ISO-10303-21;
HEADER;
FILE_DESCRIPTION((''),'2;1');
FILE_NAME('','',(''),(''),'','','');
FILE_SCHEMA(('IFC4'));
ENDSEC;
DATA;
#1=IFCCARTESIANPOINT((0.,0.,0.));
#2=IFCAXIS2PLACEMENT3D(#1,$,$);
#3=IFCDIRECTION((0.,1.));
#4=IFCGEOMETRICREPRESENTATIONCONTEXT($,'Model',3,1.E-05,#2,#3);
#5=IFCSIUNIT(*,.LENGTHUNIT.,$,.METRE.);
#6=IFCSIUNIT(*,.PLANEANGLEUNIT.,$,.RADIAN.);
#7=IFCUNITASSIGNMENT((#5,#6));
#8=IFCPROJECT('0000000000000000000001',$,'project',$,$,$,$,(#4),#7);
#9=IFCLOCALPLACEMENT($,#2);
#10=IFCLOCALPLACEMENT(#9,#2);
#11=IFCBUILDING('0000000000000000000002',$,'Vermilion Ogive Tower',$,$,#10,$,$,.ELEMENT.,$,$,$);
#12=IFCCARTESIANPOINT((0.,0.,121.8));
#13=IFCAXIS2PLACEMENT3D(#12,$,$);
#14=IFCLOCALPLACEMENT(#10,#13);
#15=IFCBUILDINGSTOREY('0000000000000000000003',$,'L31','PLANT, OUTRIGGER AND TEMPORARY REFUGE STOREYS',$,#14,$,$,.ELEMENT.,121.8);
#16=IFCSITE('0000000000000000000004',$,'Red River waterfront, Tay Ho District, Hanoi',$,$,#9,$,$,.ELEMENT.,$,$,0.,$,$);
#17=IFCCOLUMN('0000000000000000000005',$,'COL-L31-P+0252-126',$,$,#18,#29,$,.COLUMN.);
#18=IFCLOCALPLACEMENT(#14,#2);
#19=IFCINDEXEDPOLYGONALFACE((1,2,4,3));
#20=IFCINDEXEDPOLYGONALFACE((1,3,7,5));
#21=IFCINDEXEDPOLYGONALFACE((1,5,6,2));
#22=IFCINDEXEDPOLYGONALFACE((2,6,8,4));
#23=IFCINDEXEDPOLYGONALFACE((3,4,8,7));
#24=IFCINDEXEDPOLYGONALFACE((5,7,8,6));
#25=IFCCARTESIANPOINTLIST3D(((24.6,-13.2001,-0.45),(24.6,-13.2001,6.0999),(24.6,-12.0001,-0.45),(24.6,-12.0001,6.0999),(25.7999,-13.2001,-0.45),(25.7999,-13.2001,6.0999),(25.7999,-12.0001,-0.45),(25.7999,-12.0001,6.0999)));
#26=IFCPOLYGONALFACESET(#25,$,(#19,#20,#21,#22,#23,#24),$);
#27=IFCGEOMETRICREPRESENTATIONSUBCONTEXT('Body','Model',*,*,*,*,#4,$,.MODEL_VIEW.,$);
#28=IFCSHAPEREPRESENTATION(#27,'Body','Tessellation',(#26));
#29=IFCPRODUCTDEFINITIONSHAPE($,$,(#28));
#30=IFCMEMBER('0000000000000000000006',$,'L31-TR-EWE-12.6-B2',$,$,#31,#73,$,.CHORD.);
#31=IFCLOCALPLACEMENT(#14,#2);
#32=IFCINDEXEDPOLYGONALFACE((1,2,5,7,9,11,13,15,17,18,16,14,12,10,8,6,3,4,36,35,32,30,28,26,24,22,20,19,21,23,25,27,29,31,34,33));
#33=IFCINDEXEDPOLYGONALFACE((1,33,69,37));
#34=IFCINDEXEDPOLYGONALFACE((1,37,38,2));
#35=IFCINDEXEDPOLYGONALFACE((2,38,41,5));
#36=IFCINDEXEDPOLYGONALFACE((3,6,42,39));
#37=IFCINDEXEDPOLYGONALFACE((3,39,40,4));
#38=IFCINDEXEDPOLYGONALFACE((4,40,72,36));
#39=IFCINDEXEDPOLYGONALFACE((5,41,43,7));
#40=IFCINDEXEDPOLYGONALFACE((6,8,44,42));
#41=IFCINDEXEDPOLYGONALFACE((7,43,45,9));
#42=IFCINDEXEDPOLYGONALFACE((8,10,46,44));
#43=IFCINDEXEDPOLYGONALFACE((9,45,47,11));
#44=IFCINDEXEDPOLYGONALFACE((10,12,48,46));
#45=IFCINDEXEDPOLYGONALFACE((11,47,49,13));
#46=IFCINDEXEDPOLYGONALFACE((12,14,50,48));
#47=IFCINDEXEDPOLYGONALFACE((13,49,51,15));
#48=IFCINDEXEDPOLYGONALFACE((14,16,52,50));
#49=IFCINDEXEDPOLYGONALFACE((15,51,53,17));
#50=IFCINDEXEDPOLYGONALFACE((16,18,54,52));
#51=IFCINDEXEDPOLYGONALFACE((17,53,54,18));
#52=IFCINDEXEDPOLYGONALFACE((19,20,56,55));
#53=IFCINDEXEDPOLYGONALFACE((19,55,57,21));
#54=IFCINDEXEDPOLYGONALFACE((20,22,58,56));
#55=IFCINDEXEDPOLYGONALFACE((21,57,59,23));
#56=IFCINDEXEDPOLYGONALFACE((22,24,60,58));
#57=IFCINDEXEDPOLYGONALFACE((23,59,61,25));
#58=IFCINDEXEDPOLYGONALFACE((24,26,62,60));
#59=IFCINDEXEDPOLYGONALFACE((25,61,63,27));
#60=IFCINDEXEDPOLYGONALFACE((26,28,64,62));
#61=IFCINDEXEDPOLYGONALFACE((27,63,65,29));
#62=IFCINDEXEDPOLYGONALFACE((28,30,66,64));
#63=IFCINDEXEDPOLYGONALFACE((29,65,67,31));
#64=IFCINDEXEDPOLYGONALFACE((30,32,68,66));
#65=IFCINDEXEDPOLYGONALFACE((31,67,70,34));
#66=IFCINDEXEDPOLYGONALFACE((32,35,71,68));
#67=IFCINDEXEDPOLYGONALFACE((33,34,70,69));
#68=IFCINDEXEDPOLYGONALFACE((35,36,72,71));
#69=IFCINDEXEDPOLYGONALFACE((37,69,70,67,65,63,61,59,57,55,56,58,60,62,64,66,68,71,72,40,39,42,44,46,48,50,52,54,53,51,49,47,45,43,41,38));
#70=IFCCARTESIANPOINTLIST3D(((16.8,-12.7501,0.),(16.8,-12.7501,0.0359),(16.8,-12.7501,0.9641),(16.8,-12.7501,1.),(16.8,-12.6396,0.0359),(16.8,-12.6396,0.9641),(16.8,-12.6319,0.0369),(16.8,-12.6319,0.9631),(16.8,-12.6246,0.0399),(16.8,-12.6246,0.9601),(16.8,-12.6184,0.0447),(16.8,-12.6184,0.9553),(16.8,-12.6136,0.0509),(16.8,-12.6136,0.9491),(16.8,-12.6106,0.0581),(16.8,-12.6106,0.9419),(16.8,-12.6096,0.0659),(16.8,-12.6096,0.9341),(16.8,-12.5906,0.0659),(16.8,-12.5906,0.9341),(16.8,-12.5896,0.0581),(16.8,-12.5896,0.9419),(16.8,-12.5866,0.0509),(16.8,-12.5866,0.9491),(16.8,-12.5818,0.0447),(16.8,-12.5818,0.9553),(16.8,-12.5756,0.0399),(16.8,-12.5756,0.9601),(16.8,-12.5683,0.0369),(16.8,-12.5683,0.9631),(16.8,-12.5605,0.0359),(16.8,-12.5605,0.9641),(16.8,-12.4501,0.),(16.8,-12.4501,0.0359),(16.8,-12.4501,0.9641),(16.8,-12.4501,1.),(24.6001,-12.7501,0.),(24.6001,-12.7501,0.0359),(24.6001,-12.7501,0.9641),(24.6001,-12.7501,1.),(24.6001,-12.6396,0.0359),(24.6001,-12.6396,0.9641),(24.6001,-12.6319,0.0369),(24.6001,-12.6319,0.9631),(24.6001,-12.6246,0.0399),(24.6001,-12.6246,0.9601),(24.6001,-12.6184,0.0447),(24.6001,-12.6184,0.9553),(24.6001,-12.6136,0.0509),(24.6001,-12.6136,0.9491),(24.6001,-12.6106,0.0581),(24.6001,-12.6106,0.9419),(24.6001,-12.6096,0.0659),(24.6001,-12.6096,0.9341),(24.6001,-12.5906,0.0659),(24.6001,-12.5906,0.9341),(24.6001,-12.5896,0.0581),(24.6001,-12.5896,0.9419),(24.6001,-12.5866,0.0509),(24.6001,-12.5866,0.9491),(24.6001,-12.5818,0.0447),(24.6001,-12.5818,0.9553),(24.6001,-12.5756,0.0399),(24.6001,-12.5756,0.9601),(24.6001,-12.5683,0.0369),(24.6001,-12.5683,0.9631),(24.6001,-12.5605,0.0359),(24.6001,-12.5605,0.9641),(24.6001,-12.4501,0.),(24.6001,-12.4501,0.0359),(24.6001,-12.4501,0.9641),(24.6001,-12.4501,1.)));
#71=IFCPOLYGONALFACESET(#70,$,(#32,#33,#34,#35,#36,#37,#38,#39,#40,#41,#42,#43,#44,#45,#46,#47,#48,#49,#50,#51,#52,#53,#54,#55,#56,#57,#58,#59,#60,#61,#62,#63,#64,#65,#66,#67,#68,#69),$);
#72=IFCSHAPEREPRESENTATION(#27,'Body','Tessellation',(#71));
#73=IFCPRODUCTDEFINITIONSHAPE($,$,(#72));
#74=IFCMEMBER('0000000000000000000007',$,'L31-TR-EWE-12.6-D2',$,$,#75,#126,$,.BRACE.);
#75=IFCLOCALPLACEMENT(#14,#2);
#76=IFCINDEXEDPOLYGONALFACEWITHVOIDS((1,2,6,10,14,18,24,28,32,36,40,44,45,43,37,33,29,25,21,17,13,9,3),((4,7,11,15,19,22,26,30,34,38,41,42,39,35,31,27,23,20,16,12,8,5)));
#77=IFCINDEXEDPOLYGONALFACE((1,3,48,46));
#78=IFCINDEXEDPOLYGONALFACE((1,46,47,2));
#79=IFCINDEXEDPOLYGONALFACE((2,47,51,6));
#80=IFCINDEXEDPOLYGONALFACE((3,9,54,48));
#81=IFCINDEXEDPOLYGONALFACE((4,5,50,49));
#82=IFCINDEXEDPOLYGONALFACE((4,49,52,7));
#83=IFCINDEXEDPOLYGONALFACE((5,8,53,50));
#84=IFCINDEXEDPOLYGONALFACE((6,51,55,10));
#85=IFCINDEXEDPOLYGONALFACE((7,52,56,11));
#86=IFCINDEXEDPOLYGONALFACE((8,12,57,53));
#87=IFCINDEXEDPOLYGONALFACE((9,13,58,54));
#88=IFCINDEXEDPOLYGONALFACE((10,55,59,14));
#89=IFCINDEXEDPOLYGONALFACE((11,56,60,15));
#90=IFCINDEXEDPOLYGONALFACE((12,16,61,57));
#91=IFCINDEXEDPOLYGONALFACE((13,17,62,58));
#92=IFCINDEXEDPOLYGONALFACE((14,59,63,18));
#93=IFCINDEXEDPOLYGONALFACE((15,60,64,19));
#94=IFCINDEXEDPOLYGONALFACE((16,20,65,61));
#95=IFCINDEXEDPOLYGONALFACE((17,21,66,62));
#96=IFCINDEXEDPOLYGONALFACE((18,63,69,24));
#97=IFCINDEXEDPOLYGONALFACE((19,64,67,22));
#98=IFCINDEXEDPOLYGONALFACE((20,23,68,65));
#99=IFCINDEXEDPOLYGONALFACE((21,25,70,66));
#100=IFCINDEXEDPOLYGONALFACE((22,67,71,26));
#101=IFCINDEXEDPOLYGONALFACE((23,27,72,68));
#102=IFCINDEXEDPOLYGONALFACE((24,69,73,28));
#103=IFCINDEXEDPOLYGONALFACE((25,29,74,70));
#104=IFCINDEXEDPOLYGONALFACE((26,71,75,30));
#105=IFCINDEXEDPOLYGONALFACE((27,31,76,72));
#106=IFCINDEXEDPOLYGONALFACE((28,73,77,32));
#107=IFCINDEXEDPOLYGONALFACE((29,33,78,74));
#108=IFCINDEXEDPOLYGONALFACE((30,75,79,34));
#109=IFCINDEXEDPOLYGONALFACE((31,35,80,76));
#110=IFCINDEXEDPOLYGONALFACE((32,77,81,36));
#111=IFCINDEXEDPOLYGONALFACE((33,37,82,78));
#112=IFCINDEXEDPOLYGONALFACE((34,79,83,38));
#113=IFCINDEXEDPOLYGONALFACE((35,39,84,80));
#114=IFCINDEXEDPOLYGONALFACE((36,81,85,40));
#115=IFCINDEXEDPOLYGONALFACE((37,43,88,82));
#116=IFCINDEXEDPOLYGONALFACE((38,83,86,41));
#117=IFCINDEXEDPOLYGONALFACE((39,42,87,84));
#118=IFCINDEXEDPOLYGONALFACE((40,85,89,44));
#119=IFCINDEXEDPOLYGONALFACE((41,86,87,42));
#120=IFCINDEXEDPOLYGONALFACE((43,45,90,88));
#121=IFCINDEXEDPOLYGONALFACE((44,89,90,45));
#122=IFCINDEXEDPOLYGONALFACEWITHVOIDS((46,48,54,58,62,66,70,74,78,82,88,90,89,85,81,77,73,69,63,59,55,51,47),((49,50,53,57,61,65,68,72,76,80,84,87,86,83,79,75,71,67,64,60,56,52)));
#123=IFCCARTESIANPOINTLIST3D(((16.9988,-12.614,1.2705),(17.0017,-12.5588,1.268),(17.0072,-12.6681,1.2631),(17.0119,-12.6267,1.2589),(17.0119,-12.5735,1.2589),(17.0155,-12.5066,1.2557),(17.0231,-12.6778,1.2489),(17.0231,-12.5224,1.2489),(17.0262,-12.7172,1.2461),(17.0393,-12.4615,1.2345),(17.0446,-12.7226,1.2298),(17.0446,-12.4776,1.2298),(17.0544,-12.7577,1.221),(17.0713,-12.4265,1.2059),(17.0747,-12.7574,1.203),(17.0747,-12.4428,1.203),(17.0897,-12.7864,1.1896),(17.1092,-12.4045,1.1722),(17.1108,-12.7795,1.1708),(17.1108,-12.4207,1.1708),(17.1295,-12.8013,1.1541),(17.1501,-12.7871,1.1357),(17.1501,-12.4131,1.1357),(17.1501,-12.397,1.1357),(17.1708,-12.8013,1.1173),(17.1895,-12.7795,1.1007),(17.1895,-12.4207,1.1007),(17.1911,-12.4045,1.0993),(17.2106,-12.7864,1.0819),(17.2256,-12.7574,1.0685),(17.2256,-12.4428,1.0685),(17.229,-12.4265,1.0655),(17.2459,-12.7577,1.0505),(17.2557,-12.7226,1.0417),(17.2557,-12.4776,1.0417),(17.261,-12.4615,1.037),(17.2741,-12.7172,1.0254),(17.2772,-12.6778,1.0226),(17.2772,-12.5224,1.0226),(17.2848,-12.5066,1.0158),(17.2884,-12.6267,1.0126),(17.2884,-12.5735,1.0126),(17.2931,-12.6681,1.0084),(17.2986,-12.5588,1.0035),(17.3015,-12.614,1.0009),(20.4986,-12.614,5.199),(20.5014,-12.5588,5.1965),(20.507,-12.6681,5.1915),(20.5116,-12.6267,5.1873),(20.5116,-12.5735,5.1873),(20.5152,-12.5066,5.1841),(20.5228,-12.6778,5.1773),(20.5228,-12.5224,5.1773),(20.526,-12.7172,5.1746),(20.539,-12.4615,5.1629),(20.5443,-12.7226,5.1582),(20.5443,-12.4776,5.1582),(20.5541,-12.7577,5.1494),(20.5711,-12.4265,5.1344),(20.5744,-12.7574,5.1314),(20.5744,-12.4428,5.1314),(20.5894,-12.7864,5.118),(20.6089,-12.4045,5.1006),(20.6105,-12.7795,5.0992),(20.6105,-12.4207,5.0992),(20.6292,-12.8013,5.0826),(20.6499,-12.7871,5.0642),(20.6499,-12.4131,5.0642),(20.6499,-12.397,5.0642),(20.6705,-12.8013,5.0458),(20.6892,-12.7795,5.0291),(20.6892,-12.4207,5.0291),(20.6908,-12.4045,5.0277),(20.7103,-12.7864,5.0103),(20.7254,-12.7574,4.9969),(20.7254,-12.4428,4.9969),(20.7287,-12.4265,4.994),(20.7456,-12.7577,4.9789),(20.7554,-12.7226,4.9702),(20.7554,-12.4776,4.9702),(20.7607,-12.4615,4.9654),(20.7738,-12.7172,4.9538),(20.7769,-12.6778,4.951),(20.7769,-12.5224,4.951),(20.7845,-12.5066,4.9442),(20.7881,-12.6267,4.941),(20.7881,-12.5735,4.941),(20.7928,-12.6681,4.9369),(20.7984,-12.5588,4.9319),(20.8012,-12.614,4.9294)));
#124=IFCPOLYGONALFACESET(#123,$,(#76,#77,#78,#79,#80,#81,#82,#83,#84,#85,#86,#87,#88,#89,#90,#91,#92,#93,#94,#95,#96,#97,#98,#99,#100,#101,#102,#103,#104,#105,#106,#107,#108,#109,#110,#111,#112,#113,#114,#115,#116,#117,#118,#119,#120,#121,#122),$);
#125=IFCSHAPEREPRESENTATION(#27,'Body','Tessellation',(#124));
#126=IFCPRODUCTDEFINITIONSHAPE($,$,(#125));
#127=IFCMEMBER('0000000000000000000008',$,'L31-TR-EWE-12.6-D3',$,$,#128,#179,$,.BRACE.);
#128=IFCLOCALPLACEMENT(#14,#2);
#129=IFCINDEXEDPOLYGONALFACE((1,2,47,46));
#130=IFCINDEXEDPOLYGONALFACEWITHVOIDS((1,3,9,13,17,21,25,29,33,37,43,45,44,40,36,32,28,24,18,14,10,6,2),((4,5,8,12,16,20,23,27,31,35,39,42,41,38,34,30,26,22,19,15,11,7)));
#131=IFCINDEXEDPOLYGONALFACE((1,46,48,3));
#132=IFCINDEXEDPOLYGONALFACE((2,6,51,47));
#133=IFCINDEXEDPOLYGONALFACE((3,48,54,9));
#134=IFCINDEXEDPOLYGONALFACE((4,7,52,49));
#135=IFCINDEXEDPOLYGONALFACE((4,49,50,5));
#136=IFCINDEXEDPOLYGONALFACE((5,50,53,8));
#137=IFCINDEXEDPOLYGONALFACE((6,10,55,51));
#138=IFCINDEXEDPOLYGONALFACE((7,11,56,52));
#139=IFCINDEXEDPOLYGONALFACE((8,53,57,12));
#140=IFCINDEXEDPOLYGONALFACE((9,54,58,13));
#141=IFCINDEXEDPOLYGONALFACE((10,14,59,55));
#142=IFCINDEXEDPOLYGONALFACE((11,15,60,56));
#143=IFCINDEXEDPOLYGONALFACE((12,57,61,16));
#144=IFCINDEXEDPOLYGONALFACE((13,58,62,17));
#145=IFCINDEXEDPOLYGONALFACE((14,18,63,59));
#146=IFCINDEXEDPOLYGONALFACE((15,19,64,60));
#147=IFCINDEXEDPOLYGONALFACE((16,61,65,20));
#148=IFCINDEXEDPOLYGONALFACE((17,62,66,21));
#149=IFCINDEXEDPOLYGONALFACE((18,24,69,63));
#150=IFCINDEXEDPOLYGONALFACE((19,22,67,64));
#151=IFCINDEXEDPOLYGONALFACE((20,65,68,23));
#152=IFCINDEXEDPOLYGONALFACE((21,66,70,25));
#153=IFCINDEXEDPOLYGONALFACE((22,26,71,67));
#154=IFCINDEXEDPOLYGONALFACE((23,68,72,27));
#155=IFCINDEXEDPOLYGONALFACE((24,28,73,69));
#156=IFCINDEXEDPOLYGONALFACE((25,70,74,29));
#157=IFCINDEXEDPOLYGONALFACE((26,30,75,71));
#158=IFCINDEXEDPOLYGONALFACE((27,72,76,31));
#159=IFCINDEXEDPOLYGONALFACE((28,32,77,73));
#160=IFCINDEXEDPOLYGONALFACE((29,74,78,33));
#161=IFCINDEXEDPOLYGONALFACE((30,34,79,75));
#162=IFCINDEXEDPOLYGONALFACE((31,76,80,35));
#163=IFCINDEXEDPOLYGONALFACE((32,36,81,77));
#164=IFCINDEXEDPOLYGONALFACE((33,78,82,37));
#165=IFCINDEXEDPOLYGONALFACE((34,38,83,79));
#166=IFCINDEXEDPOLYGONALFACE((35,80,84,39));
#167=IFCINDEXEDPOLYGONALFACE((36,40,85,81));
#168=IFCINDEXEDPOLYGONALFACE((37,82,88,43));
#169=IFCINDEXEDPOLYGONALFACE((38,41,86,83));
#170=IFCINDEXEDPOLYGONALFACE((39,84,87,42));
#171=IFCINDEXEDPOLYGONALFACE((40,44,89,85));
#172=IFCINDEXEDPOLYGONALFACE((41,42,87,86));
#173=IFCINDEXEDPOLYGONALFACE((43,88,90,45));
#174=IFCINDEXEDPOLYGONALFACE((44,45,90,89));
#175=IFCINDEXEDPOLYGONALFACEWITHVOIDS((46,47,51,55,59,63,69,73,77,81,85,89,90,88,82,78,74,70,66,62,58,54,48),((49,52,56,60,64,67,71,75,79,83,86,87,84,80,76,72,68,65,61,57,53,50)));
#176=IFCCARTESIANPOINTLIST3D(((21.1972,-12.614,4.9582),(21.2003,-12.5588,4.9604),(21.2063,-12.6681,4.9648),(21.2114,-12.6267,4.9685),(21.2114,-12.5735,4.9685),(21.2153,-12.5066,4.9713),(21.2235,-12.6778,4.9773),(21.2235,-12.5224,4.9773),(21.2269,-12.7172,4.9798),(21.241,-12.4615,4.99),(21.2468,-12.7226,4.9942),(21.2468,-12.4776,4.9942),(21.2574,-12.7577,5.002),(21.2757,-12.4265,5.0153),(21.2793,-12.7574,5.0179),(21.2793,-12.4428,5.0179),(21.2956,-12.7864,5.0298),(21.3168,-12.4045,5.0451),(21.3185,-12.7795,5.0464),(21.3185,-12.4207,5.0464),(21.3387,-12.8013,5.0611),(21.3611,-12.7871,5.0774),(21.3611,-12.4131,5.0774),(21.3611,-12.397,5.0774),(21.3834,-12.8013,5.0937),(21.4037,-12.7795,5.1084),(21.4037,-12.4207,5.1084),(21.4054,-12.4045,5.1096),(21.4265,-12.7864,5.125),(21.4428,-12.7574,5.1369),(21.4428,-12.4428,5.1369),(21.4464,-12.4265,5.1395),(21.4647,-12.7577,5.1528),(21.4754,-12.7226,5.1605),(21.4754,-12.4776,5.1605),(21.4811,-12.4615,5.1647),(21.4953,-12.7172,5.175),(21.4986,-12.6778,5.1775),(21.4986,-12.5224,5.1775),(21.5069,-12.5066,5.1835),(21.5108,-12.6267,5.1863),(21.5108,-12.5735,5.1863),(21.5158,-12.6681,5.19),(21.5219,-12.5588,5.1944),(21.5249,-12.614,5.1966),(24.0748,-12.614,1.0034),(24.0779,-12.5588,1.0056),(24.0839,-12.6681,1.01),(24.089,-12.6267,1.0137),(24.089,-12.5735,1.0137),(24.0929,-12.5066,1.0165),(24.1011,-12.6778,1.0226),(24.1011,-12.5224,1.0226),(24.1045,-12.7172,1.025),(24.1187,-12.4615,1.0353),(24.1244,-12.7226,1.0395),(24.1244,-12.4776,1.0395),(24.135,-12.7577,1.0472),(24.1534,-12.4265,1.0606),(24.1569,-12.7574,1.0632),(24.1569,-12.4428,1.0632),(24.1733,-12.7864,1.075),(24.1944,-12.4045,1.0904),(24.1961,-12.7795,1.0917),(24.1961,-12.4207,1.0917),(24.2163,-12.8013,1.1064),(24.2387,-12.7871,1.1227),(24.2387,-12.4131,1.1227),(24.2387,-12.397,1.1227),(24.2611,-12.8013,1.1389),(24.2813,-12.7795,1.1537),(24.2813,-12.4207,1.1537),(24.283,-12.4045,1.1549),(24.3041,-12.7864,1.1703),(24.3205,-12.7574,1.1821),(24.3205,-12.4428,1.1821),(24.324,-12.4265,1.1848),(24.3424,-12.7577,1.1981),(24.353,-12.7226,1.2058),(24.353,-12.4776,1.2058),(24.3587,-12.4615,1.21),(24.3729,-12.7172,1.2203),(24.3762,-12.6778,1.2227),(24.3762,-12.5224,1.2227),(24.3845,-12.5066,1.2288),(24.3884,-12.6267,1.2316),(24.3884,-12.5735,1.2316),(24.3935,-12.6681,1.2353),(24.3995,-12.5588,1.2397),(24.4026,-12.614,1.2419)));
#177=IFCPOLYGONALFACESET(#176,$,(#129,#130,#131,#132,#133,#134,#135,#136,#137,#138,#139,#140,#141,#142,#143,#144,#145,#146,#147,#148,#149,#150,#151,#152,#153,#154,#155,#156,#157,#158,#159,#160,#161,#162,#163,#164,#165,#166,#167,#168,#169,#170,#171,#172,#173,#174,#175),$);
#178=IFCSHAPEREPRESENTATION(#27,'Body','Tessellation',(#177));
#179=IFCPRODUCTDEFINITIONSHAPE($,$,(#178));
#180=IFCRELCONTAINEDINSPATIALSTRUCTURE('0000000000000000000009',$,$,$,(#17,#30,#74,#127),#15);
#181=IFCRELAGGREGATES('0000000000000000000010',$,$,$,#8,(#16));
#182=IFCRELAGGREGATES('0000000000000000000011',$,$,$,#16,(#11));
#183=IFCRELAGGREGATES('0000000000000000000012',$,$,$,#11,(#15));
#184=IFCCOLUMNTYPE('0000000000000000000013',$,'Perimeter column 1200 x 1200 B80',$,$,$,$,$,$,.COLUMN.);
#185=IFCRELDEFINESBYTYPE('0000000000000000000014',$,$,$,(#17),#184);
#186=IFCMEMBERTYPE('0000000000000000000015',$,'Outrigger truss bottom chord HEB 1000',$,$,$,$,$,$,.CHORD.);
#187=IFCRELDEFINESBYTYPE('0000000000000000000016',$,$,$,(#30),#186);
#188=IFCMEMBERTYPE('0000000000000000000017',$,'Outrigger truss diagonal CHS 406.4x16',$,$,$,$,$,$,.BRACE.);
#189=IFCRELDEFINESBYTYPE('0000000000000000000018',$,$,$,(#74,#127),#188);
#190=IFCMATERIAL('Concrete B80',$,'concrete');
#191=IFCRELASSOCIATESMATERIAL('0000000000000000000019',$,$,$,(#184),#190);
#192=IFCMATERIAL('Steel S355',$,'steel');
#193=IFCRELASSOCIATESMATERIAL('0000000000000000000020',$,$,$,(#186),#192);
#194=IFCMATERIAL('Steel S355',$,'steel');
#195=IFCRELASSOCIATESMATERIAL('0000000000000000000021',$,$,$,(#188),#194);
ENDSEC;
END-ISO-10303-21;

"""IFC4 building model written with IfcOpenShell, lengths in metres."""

from ifc_helpers import new_model, si_unit, direction, frame, origin, origin_2d, place, context, subcontext, project, spatial, rectangle, hollow_circle, i_section, extrude, material, material_profile, profile_set, type_object, element, save


model = new_model("IFC4")

# Units and contexts
model_context = context("Model", 3, precision=1e-05, world=origin(), true_north=direction((0.0, 1.0)))
body_context = subcontext(model_context, "Body", "Model", "MODEL_VIEW")
ifc_project = project(units=[si_unit("LENGTHUNIT", "METRE"), si_unit("PLANEANGLEUNIT", "RADIAN")], contexts=[model_context])

# Site, building, storey
site_placement = place(None, origin())
site = spatial("IfcSite", under=ifc_project, at=site_placement, Name="Red River waterfront, Tay Ho District, Hanoi", CompositionType="ELEMENT", RefElevation=0.0)
building_placement = place(site_placement, origin())
building = spatial("IfcBuilding", under=site, at=building_placement, Name="Vermilion Ogive Tower", CompositionType="ELEMENT")
storey_placement = place(building_placement, frame((0.0, 0.0, 121.8)))
storey = spatial("IfcBuildingStorey", under=building, at=storey_placement, Name="L31", Description="PLANT, OUTRIGGER AND TEMPORARY REFUGE STOREYS", CompositionType="ELEMENT", Elevation=121.8)

# Column
ifc_material_1 = material(Name="Concrete B80", Category="concrete")
ifc_material_profile_1 = material_profile(ifc_material_1, rectangle(XDim=1.2, YDim=1.2, at=origin_2d()), Name="1200 x 1200")
ifc_profile_set_1 = profile_set([ifc_material_profile_1], Name="Concrete B80")
column_type = type_object("IfcColumnType", Name="Perimeter column 1200 x 1200 B80", PredefinedType="COLUMN", material=ifc_profile_set_1)
column_placement = place(storey_placement, frame((25.2, -12.6001, -0.45), z_axis=(0.0, 0.0, 1.0), x_axis=(1.0, 0.0, 0.0)))
element("IfcColumn", 1, at=column_placement, inside=storey, type_object=column_type, Name="COL-L31-P+0252-126", PredefinedType="COLUMN", context=body_context, shape_type="SweptSolid", body=[
    extrude(rectangle(XDim=1.2, YDim=1.2, at=origin_2d()), origin(), (0.0, 0.0, 1.0), 6.5498),
])

# Members
ifc_material_2 = material(Name="Steel S355", Category="steel")
ifc_material_profile_2 = material_profile(ifc_material_2, i_section(OverallWidth=0.3, OverallDepth=1.0, WebThickness=0.019, FlangeThickness=0.0359, FilletRadius=0.03, at=origin_2d()), Name="HEB 1000")
ifc_profile_set_2 = profile_set([ifc_material_profile_2], Name="Steel S355")
member_type_1 = type_object("IfcMemberType", Name="Outrigger truss bottom chord HEB 1000", PredefinedType="CHORD", material=ifc_profile_set_2)
member_1_placement = place(storey_placement, frame((16.8, -12.6001, 0.5), z_axis=(1.0, 0.0, 0.0), x_axis=(0.0, 1.0, 0.0)))
element("IfcMember", 2, at=member_1_placement, inside=storey, type_object=member_type_1, Name="L31-TR-EWE-12.6-B2", PredefinedType="CHORD", context=body_context, shape_type="SweptSolid", body=[
    extrude(i_section(OverallWidth=0.3, OverallDepth=1.0, WebThickness=0.019, FlangeThickness=0.0359, FilletRadius=0.03, at=origin_2d()), origin(), (0.0, 0.0, 1.0), 7.8),
])
ifc_material_3 = material(Name="Steel S355", Category="steel")
ifc_material_profile_3 = material_profile(ifc_material_3, hollow_circle(Radius=0.2031, WallThickness=0.0161, at=origin_2d()), Name="CHS 406.4x16")
ifc_profile_set_3 = profile_set([ifc_material_profile_3], Name="Steel S355")
member_type_2 = type_object("IfcMemberType", Name="Outrigger truss diagonal CHS 406.4x16", PredefinedType="BRACE", material=ifc_profile_set_3)
member_2_placement = place(storey_placement, frame((17.1501, -12.6001, 1.1357), z_axis=(0.66519, 0.0, 0.746674), x_axis=(0.0, 1.0, 0.0)))
element("IfcMember", 3, at=member_2_placement, inside=storey, type_object=member_type_2, Name="L31-TR-EWE-12.6-D2", PredefinedType="BRACE", context=body_context, shape_type="SweptSolid", body=[
    extrude(hollow_circle(Radius=0.2031, WallThickness=0.0161, at=origin_2d()), origin(), (0.0, 0.0, 1.0), 5.2612),
])
member_3_placement = place(storey_placement, frame((21.3611, -12.6001, 5.0774), z_axis=(0.588365, 0.0, -0.808596), x_axis=(0.0, 1.0, 0.0)))
element("IfcMember", 4, at=member_3_placement, inside=storey, type_object=member_type_2, Name="L31-TR-EWE-12.6-D3", PredefinedType="BRACE", context=body_context, shape_type="SweptSolid", body=[
    extrude(hollow_circle(Radius=0.2031, WallThickness=0.0161, at=origin_2d()), origin(), (0.0, 0.0, 1.0), 4.8909),
])

save(model, "model.ifc")
